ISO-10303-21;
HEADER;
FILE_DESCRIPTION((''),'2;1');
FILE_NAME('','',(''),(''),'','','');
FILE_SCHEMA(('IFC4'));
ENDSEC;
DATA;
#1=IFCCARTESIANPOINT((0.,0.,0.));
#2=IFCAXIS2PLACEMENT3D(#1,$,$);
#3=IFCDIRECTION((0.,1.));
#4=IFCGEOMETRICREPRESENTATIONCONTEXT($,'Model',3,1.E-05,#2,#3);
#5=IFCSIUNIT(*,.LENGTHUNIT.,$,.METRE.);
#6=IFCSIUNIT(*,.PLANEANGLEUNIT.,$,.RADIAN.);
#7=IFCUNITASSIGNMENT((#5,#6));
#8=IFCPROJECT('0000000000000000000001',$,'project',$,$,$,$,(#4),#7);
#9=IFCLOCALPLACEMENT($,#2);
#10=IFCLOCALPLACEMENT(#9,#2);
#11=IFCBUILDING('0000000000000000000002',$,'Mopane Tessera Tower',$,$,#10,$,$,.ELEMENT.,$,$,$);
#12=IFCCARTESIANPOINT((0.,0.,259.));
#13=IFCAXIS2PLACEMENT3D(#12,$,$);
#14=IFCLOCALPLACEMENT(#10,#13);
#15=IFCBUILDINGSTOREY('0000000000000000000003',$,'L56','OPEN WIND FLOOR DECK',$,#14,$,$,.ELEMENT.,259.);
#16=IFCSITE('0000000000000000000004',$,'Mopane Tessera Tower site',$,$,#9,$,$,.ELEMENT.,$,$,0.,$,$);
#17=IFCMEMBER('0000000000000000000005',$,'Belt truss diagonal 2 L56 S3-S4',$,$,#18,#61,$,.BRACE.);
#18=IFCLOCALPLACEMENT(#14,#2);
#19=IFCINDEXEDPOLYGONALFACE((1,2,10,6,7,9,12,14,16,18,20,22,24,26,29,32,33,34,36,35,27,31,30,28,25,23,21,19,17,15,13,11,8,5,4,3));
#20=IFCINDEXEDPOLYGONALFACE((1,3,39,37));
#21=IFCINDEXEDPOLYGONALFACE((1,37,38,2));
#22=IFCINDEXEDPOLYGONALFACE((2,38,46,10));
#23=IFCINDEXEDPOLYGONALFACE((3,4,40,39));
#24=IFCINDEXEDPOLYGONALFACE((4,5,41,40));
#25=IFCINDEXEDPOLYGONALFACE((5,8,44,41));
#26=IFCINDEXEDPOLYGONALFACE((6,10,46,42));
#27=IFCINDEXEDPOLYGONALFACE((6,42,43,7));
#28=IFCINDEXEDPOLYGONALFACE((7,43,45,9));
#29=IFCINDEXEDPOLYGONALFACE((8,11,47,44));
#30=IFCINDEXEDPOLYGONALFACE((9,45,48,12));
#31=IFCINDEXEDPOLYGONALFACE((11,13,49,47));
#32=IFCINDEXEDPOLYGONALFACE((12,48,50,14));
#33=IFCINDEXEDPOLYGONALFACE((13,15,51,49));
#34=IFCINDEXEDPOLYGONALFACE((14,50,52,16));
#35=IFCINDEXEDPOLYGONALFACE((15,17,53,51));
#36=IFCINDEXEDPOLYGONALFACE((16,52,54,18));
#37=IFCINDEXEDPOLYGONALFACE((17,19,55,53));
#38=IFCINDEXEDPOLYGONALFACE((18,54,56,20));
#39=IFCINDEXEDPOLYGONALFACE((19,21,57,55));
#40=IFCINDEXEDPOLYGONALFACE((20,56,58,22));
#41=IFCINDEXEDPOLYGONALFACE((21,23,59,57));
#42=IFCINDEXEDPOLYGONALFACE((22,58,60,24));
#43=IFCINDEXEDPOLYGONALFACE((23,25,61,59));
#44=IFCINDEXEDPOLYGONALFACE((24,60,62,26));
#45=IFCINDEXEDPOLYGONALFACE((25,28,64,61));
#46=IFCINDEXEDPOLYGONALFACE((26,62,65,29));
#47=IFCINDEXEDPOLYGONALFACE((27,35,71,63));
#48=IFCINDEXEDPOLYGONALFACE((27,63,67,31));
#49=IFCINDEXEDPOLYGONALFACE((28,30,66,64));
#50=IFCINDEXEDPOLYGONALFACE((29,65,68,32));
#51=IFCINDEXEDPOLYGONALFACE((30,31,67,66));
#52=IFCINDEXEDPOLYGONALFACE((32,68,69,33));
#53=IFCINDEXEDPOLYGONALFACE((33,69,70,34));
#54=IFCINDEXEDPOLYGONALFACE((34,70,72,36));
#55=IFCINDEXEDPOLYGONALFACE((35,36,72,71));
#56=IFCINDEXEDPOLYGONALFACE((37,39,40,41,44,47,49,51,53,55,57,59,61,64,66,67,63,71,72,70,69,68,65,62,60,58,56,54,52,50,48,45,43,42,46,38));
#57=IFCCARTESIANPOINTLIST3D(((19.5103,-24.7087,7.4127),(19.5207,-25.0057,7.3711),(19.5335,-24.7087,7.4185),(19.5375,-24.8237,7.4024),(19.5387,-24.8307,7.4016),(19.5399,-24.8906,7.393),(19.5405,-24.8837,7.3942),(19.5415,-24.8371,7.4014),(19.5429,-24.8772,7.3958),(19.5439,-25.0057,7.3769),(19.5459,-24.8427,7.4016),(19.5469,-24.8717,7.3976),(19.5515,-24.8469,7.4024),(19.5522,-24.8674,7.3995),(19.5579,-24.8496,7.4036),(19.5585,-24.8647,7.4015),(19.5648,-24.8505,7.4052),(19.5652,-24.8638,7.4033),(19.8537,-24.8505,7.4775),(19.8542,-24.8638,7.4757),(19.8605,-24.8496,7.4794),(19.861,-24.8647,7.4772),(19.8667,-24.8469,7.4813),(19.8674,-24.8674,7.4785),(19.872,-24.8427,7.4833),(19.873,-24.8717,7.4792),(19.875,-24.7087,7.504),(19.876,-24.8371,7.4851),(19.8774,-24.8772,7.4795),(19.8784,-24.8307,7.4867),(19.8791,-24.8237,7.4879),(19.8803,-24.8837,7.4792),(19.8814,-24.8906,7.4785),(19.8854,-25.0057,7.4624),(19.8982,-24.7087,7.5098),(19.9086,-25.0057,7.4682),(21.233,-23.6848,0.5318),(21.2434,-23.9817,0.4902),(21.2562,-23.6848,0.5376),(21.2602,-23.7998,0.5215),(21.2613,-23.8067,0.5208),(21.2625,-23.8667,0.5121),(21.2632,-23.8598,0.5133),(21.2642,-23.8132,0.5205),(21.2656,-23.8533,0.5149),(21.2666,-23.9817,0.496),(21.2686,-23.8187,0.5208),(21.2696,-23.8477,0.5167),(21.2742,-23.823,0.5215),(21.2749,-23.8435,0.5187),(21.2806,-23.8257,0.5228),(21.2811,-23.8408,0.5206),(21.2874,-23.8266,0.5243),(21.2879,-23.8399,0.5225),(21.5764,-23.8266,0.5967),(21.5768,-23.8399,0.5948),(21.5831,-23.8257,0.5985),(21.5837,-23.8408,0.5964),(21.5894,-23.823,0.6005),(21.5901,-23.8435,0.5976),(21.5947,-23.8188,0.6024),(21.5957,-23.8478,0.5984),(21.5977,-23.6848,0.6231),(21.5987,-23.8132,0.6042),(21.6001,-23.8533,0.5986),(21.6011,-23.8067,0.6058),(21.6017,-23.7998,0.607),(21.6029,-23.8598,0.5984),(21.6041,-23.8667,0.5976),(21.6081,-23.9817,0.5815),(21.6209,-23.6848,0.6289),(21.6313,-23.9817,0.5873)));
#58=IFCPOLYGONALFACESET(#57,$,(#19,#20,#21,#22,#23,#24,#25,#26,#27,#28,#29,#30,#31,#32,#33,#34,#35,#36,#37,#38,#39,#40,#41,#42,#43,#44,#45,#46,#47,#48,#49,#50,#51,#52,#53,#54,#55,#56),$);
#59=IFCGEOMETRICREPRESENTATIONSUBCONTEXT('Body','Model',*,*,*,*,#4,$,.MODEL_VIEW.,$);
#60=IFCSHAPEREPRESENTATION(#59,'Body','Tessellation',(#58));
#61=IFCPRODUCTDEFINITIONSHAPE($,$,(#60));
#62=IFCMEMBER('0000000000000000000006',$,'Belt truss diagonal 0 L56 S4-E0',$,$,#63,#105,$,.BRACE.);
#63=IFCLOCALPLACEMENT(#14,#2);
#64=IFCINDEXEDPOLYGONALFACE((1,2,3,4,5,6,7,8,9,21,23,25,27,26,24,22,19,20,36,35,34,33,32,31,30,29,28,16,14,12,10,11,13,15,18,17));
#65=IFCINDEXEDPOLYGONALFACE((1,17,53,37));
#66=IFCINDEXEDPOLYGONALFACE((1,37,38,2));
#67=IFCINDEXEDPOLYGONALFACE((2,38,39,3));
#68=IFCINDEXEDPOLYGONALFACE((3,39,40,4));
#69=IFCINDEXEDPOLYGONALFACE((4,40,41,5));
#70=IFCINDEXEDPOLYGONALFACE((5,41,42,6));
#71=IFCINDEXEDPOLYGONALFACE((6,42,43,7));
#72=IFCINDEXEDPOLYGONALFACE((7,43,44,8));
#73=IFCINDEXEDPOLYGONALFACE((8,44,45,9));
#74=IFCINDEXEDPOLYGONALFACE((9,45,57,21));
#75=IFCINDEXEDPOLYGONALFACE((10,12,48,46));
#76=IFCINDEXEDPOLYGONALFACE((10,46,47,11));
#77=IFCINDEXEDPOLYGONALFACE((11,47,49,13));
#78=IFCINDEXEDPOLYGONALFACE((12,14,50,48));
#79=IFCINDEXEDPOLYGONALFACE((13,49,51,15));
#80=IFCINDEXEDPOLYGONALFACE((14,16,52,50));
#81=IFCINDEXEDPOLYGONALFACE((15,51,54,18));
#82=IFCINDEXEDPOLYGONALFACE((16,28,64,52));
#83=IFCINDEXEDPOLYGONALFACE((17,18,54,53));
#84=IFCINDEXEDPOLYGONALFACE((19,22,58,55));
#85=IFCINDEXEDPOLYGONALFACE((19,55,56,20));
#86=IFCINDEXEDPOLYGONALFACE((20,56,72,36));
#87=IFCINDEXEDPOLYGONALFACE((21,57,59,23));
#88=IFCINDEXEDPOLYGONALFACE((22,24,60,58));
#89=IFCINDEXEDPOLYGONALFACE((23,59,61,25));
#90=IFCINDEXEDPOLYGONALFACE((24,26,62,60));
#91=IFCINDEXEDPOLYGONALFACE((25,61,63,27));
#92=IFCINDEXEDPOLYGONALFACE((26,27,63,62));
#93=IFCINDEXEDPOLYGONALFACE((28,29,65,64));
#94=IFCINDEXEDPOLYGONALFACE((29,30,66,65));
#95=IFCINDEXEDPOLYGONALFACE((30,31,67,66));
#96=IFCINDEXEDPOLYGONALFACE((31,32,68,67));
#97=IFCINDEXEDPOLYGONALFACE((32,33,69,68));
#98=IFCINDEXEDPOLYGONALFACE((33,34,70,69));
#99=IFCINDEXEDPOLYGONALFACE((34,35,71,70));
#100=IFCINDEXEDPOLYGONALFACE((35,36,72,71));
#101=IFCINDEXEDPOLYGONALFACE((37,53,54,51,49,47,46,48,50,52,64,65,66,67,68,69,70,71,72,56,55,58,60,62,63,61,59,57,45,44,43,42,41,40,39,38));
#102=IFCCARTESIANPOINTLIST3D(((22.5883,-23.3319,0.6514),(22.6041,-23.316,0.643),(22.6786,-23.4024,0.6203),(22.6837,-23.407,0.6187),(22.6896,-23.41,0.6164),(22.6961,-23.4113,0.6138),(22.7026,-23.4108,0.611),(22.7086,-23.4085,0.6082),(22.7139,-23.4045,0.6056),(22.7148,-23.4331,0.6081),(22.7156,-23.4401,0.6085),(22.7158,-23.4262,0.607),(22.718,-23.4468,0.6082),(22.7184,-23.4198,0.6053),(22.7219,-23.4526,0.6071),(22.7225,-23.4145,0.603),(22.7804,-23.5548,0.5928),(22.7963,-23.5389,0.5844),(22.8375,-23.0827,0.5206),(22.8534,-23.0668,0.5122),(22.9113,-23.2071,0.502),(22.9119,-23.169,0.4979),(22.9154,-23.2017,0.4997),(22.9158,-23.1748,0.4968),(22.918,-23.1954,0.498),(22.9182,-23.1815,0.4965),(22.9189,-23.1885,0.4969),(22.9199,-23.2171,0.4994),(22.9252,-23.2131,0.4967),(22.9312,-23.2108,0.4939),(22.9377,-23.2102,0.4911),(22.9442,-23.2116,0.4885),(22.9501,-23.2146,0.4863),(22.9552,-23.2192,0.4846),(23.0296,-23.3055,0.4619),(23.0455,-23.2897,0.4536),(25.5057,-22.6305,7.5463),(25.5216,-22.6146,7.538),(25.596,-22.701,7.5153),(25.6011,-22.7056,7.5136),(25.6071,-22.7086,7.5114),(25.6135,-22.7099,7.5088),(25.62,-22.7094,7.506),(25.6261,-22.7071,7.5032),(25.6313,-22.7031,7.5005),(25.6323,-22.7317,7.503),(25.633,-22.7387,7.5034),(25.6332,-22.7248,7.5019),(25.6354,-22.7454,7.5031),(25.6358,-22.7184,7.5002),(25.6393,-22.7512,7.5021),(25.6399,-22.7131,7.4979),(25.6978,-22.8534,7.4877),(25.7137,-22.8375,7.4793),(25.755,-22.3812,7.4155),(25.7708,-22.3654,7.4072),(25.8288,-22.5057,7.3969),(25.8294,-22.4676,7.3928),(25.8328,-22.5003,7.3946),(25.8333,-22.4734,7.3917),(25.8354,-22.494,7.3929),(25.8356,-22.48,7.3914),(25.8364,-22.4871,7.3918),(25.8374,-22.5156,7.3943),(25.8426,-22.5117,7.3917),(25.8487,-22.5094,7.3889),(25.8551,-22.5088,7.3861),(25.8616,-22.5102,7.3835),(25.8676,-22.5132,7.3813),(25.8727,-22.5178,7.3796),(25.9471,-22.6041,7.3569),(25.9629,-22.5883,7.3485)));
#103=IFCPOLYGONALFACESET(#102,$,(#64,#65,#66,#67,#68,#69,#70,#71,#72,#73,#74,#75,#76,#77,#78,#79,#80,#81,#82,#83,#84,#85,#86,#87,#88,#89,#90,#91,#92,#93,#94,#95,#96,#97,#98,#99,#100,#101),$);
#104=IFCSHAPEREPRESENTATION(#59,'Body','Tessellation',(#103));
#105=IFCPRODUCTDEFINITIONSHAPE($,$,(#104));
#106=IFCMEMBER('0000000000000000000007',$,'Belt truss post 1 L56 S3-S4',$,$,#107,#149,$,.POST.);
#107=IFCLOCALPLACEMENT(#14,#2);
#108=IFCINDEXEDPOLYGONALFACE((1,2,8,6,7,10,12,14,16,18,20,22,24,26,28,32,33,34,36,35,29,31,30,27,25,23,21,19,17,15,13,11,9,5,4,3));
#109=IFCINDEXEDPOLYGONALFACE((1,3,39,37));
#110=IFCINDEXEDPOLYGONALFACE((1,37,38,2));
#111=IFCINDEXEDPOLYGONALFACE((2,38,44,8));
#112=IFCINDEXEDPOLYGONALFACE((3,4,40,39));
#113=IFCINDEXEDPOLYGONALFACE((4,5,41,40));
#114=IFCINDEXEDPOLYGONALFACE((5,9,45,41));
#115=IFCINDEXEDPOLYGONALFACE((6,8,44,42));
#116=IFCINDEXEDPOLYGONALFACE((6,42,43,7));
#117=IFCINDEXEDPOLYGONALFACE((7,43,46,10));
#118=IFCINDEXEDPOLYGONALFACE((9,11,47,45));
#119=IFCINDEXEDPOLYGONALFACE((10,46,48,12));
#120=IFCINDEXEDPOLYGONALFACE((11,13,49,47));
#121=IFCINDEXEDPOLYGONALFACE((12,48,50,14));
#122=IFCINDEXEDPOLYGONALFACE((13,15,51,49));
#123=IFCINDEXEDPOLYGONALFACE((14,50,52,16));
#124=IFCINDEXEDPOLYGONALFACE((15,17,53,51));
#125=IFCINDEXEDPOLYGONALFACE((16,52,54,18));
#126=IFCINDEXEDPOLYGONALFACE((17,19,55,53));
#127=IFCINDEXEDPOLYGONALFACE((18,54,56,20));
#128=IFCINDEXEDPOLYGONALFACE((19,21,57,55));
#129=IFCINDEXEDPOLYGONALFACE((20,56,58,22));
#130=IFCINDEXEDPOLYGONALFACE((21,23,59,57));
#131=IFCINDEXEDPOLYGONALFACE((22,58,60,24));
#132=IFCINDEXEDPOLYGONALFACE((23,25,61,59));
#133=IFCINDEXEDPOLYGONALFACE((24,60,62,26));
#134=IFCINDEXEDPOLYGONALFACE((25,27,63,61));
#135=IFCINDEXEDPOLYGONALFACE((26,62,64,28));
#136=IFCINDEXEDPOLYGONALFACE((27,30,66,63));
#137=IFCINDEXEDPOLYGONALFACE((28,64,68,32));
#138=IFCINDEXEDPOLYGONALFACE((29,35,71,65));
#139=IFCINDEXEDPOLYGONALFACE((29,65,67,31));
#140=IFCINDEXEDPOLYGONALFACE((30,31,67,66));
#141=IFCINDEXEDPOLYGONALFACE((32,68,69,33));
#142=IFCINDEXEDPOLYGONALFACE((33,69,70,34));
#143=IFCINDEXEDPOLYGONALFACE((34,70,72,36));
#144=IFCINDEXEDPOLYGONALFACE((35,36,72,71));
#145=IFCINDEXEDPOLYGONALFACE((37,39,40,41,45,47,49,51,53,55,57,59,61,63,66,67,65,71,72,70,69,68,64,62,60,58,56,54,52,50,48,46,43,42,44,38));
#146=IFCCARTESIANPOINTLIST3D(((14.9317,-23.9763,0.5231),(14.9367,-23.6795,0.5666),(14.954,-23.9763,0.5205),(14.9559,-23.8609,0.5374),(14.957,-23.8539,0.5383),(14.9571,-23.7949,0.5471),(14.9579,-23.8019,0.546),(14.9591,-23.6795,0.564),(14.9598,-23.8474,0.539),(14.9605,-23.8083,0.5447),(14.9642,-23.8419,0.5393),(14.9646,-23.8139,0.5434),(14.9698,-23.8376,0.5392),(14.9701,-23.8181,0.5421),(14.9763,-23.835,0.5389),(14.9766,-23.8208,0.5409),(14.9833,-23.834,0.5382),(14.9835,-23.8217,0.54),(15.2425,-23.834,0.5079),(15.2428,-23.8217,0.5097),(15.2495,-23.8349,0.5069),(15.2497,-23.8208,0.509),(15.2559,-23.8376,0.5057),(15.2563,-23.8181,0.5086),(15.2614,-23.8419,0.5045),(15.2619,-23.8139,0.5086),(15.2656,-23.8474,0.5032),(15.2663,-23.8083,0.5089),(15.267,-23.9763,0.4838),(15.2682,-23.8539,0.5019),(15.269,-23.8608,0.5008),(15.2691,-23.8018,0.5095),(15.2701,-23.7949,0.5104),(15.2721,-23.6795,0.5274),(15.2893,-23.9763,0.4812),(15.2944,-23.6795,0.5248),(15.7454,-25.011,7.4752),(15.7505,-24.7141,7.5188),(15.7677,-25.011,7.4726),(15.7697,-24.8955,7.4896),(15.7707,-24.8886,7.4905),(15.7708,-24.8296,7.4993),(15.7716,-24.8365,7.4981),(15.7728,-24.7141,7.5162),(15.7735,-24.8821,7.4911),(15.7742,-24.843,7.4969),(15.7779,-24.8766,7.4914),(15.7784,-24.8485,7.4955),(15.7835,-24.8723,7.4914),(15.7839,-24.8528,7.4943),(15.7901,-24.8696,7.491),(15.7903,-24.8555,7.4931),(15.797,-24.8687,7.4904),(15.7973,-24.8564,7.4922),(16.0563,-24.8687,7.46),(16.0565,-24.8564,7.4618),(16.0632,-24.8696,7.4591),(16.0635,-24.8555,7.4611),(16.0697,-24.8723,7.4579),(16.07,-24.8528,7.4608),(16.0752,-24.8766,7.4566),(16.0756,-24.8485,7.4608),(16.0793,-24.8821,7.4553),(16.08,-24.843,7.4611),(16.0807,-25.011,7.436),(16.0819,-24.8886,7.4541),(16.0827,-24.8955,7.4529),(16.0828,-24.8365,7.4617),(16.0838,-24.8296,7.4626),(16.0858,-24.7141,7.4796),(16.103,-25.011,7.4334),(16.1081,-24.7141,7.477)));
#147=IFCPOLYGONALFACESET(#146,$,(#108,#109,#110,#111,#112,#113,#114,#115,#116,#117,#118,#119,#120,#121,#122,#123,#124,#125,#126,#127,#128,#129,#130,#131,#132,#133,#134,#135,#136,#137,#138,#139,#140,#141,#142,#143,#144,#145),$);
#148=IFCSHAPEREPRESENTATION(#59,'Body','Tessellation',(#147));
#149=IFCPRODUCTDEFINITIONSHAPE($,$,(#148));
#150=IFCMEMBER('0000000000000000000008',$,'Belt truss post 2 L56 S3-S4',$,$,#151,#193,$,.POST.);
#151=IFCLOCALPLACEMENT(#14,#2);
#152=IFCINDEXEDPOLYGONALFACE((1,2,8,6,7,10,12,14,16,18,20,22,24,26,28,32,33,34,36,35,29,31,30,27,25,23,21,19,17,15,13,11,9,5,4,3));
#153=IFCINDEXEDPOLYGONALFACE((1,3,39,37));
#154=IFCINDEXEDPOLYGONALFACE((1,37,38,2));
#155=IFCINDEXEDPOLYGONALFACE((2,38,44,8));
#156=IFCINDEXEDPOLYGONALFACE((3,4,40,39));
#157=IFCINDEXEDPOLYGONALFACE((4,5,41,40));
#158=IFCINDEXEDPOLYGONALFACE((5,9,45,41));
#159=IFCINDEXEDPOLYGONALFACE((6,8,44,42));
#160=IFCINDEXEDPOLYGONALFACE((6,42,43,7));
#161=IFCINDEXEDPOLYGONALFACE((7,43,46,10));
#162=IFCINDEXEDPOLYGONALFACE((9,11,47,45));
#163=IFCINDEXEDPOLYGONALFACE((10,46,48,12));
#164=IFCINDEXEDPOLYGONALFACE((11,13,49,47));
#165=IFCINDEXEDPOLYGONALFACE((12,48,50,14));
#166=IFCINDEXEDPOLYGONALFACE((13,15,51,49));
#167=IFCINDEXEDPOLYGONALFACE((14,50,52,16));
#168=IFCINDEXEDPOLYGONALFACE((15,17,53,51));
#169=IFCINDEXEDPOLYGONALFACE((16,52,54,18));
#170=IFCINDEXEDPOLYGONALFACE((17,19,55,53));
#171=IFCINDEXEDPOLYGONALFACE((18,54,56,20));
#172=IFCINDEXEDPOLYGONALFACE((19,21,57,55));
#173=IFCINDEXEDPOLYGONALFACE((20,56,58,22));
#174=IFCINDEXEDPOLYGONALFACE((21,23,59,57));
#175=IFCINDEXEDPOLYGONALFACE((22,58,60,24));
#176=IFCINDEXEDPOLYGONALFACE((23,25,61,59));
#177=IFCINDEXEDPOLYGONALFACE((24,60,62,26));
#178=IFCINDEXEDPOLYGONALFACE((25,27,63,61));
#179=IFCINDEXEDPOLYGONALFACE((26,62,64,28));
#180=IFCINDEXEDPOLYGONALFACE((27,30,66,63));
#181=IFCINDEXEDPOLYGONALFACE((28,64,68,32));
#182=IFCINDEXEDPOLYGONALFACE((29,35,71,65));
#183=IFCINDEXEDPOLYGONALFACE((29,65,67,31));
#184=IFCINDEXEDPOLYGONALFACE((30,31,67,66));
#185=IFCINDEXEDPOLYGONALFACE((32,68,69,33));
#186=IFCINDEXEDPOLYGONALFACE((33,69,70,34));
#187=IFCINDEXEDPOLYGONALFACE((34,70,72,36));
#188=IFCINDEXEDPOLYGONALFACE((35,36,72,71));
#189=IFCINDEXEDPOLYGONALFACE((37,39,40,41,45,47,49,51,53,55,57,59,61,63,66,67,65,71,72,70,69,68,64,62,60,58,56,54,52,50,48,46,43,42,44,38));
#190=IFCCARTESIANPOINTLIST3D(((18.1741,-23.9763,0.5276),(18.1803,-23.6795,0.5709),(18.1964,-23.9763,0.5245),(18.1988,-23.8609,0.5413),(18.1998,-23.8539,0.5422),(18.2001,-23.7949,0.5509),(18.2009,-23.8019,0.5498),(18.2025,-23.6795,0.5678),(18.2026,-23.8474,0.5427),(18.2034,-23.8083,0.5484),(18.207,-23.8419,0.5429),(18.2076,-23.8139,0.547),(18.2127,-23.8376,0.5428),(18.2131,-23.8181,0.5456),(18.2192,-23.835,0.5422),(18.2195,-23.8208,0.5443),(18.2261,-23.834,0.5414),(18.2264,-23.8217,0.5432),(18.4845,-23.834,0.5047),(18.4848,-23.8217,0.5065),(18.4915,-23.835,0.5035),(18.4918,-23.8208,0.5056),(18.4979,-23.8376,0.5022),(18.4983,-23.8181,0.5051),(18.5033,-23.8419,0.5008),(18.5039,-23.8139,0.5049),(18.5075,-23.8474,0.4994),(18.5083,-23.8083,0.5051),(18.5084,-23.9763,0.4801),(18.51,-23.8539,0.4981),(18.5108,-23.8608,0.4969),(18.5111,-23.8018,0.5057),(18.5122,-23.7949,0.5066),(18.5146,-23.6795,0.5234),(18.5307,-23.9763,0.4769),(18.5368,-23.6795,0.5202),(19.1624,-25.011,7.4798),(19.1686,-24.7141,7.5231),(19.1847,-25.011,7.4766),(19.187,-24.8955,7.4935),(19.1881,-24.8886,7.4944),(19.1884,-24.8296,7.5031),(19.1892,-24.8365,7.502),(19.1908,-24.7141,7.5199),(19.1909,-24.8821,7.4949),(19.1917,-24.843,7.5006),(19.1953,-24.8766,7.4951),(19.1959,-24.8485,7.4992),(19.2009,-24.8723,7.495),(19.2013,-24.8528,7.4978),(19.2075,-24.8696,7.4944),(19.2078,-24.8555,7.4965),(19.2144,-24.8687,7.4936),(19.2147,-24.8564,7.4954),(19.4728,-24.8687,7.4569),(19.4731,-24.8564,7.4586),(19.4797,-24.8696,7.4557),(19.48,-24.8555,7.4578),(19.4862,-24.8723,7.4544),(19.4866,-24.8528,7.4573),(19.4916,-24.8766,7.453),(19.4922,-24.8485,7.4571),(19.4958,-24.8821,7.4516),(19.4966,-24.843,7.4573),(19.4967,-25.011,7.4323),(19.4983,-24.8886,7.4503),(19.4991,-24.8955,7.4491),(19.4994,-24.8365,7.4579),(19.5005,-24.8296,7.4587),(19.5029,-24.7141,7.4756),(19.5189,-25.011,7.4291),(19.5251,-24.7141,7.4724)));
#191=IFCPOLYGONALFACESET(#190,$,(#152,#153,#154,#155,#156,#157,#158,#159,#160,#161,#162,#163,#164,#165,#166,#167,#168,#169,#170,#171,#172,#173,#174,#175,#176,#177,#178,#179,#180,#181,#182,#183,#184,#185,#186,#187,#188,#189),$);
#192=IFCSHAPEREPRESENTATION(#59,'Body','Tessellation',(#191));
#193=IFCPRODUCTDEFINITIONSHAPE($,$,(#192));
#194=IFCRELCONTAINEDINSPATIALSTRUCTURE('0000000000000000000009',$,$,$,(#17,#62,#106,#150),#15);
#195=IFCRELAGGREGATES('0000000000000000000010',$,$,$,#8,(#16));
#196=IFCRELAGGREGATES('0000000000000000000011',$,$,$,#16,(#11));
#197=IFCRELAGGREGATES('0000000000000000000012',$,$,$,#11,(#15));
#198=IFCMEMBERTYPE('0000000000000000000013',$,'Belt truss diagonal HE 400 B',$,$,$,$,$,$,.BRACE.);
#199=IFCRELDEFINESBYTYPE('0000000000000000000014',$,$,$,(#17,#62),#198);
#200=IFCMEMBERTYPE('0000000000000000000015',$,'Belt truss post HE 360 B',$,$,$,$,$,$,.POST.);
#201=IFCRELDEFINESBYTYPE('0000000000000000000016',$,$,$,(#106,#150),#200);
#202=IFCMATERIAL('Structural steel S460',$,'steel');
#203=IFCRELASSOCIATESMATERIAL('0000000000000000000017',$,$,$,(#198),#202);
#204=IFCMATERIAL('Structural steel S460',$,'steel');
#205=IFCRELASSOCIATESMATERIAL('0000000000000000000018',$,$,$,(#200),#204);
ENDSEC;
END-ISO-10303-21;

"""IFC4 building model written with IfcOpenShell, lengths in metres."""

from ifc_helpers import new_model, si_unit, direction, frame, origin, origin_2d, place, context, subcontext, project, spatial, i_section, extrude, material, material_profile, profile_set, type_object, element, save


model = new_model("IFC4")

# Units and contexts
model_context = context("Model", 3, precision=1e-05, world=origin(), true_north=direction((0.0, 1.0)))
body_context = subcontext(model_context, "Body", "Model", "MODEL_VIEW")
ifc_project = project(units=[si_unit("LENGTHUNIT", "METRE"), si_unit("PLANEANGLEUNIT", "RADIAN")], contexts=[model_context])

# Site, building, storey
site_placement = place(None, origin())
site = spatial("IfcSite", under=ifc_project, at=site_placement, Name="Mopane Tessera Tower site", CompositionType="ELEMENT", RefElevation=0.0)
building_placement = place(site_placement, origin())
building = spatial("IfcBuilding", under=site, at=building_placement, Name="Mopane Tessera Tower", CompositionType="ELEMENT")
storey_placement = place(building_placement, frame((0.0, 0.0, 259.0)))
storey = spatial("IfcBuildingStorey", under=building, at=storey_placement, Name="L56", Description="OPEN WIND FLOOR DECK", CompositionType="ELEMENT", Elevation=259.0)

# Members
ifc_material_1 = material(Name="Structural steel S460", Category="steel")
ifc_material_profile_1 = material_profile(ifc_material_1, i_section(OverallWidth=0.3, OverallDepth=0.3999, WebThickness=0.0134, FlangeThickness=0.0239, FilletRadius=0.0271, at=origin_2d()))
ifc_profile_set_1 = profile_set([ifc_material_profile_1], Name="Structural steel S460")
member_type_1 = type_object("IfcMemberType", Name="Belt truss diagonal HE 400 B", PredefinedType="BRACE", material=ifc_profile_set_1)
member_1_placement = place(storey_placement, frame((19.7095, -24.8572, 7.4404), z_axis=(0.240368, 0.142872, -0.96011), x_axis=(-0.034683, 0.989741, 0.138598)))
element("IfcMember", 1, at=member_1_placement, inside=storey, type_object=member_type_1, Name="Belt truss diagonal 2 L56 S3-S4", PredefinedType="BRACE", context=body_context, shape_type="SweptSolid", body=[
    extrude(i_section(OverallWidth=0.3, OverallDepth=0.3999, WebThickness=0.0134, FlangeThickness=0.0239, FilletRadius=0.0271, at=origin_2d()), origin(), (0.0, 0.0, 1.0), 7.1667),
])
member_2_placement = place(storey_placement, frame((22.8169, -23.3108, 0.5525), z_axis=(0.387981, 0.093278, 0.916935), x_axis=(-0.640323, 0.742843, 0.195371)))
element("IfcMember", 2, at=member_2_placement, inside=storey, type_object=member_type_1, Name="Belt truss diagonal 0 L56 S4-E0", PredefinedType="BRACE", context=body_context, shape_type="SweptSolid", body=[
    extrude(i_section(OverallWidth=0.3, OverallDepth=0.3999, WebThickness=0.0134, FlangeThickness=0.0239, FilletRadius=0.0271, at=origin_2d()), origin(), (0.0, 0.0, 1.0), 7.5195),
])
ifc_material_2 = material(Name="Structural steel S460", Category="steel")
ifc_material_profile_2 = material_profile(ifc_material_2, i_section(OverallWidth=0.3, OverallDepth=0.3601, WebThickness=0.0125, FlangeThickness=0.0225, FilletRadius=0.0271, at=origin_2d()))
ifc_profile_set_2 = profile_set([ifc_material_profile_2], Name="Structural steel S460")
member_type_2 = type_object("IfcMemberType", Name="Belt truss post HE 360 B", PredefinedType="POST", material=ifc_profile_set_2)
member_3_placement = place(storey_placement, frame((15.113, -23.8279, 0.5239), z_axis=(0.115003, -0.146229, 0.982543), x_axis=(0.016962, 0.989251, 0.145242)))
element("IfcMember", 3, at=member_3_placement, inside=storey, type_object=member_type_2, Name="Belt truss post 1 L56 S3-S4", PredefinedType="POST", context=body_context, shape_type="SweptSolid", body=[
    extrude(i_section(OverallWidth=0.3, OverallDepth=0.3601, WebThickness=0.0125, FlangeThickness=0.0225, FilletRadius=0.0271, at=origin_2d()), origin(), (0.0, 0.0, 1.0), 7.0757),
])
member_4_placement = place(storey_placement, frame((18.3555, -23.8279, 0.5239), z_axis=(0.139237, -0.145772, 0.979471), x_axis=(0.020509, 0.989318, 0.144322)))
element("IfcMember", 4, at=member_4_placement, inside=storey, type_object=member_type_2, Name="Belt truss post 2 L56 S3-S4", PredefinedType="POST", context=body_context, shape_type="SweptSolid", body=[
    extrude(i_section(OverallWidth=0.3, OverallDepth=0.3601, WebThickness=0.0125, FlangeThickness=0.0225, FilletRadius=0.0271, at=origin_2d()), origin(), (0.0, 0.0, 1.0), 7.0979),
])

save(model, "model.ifc")
